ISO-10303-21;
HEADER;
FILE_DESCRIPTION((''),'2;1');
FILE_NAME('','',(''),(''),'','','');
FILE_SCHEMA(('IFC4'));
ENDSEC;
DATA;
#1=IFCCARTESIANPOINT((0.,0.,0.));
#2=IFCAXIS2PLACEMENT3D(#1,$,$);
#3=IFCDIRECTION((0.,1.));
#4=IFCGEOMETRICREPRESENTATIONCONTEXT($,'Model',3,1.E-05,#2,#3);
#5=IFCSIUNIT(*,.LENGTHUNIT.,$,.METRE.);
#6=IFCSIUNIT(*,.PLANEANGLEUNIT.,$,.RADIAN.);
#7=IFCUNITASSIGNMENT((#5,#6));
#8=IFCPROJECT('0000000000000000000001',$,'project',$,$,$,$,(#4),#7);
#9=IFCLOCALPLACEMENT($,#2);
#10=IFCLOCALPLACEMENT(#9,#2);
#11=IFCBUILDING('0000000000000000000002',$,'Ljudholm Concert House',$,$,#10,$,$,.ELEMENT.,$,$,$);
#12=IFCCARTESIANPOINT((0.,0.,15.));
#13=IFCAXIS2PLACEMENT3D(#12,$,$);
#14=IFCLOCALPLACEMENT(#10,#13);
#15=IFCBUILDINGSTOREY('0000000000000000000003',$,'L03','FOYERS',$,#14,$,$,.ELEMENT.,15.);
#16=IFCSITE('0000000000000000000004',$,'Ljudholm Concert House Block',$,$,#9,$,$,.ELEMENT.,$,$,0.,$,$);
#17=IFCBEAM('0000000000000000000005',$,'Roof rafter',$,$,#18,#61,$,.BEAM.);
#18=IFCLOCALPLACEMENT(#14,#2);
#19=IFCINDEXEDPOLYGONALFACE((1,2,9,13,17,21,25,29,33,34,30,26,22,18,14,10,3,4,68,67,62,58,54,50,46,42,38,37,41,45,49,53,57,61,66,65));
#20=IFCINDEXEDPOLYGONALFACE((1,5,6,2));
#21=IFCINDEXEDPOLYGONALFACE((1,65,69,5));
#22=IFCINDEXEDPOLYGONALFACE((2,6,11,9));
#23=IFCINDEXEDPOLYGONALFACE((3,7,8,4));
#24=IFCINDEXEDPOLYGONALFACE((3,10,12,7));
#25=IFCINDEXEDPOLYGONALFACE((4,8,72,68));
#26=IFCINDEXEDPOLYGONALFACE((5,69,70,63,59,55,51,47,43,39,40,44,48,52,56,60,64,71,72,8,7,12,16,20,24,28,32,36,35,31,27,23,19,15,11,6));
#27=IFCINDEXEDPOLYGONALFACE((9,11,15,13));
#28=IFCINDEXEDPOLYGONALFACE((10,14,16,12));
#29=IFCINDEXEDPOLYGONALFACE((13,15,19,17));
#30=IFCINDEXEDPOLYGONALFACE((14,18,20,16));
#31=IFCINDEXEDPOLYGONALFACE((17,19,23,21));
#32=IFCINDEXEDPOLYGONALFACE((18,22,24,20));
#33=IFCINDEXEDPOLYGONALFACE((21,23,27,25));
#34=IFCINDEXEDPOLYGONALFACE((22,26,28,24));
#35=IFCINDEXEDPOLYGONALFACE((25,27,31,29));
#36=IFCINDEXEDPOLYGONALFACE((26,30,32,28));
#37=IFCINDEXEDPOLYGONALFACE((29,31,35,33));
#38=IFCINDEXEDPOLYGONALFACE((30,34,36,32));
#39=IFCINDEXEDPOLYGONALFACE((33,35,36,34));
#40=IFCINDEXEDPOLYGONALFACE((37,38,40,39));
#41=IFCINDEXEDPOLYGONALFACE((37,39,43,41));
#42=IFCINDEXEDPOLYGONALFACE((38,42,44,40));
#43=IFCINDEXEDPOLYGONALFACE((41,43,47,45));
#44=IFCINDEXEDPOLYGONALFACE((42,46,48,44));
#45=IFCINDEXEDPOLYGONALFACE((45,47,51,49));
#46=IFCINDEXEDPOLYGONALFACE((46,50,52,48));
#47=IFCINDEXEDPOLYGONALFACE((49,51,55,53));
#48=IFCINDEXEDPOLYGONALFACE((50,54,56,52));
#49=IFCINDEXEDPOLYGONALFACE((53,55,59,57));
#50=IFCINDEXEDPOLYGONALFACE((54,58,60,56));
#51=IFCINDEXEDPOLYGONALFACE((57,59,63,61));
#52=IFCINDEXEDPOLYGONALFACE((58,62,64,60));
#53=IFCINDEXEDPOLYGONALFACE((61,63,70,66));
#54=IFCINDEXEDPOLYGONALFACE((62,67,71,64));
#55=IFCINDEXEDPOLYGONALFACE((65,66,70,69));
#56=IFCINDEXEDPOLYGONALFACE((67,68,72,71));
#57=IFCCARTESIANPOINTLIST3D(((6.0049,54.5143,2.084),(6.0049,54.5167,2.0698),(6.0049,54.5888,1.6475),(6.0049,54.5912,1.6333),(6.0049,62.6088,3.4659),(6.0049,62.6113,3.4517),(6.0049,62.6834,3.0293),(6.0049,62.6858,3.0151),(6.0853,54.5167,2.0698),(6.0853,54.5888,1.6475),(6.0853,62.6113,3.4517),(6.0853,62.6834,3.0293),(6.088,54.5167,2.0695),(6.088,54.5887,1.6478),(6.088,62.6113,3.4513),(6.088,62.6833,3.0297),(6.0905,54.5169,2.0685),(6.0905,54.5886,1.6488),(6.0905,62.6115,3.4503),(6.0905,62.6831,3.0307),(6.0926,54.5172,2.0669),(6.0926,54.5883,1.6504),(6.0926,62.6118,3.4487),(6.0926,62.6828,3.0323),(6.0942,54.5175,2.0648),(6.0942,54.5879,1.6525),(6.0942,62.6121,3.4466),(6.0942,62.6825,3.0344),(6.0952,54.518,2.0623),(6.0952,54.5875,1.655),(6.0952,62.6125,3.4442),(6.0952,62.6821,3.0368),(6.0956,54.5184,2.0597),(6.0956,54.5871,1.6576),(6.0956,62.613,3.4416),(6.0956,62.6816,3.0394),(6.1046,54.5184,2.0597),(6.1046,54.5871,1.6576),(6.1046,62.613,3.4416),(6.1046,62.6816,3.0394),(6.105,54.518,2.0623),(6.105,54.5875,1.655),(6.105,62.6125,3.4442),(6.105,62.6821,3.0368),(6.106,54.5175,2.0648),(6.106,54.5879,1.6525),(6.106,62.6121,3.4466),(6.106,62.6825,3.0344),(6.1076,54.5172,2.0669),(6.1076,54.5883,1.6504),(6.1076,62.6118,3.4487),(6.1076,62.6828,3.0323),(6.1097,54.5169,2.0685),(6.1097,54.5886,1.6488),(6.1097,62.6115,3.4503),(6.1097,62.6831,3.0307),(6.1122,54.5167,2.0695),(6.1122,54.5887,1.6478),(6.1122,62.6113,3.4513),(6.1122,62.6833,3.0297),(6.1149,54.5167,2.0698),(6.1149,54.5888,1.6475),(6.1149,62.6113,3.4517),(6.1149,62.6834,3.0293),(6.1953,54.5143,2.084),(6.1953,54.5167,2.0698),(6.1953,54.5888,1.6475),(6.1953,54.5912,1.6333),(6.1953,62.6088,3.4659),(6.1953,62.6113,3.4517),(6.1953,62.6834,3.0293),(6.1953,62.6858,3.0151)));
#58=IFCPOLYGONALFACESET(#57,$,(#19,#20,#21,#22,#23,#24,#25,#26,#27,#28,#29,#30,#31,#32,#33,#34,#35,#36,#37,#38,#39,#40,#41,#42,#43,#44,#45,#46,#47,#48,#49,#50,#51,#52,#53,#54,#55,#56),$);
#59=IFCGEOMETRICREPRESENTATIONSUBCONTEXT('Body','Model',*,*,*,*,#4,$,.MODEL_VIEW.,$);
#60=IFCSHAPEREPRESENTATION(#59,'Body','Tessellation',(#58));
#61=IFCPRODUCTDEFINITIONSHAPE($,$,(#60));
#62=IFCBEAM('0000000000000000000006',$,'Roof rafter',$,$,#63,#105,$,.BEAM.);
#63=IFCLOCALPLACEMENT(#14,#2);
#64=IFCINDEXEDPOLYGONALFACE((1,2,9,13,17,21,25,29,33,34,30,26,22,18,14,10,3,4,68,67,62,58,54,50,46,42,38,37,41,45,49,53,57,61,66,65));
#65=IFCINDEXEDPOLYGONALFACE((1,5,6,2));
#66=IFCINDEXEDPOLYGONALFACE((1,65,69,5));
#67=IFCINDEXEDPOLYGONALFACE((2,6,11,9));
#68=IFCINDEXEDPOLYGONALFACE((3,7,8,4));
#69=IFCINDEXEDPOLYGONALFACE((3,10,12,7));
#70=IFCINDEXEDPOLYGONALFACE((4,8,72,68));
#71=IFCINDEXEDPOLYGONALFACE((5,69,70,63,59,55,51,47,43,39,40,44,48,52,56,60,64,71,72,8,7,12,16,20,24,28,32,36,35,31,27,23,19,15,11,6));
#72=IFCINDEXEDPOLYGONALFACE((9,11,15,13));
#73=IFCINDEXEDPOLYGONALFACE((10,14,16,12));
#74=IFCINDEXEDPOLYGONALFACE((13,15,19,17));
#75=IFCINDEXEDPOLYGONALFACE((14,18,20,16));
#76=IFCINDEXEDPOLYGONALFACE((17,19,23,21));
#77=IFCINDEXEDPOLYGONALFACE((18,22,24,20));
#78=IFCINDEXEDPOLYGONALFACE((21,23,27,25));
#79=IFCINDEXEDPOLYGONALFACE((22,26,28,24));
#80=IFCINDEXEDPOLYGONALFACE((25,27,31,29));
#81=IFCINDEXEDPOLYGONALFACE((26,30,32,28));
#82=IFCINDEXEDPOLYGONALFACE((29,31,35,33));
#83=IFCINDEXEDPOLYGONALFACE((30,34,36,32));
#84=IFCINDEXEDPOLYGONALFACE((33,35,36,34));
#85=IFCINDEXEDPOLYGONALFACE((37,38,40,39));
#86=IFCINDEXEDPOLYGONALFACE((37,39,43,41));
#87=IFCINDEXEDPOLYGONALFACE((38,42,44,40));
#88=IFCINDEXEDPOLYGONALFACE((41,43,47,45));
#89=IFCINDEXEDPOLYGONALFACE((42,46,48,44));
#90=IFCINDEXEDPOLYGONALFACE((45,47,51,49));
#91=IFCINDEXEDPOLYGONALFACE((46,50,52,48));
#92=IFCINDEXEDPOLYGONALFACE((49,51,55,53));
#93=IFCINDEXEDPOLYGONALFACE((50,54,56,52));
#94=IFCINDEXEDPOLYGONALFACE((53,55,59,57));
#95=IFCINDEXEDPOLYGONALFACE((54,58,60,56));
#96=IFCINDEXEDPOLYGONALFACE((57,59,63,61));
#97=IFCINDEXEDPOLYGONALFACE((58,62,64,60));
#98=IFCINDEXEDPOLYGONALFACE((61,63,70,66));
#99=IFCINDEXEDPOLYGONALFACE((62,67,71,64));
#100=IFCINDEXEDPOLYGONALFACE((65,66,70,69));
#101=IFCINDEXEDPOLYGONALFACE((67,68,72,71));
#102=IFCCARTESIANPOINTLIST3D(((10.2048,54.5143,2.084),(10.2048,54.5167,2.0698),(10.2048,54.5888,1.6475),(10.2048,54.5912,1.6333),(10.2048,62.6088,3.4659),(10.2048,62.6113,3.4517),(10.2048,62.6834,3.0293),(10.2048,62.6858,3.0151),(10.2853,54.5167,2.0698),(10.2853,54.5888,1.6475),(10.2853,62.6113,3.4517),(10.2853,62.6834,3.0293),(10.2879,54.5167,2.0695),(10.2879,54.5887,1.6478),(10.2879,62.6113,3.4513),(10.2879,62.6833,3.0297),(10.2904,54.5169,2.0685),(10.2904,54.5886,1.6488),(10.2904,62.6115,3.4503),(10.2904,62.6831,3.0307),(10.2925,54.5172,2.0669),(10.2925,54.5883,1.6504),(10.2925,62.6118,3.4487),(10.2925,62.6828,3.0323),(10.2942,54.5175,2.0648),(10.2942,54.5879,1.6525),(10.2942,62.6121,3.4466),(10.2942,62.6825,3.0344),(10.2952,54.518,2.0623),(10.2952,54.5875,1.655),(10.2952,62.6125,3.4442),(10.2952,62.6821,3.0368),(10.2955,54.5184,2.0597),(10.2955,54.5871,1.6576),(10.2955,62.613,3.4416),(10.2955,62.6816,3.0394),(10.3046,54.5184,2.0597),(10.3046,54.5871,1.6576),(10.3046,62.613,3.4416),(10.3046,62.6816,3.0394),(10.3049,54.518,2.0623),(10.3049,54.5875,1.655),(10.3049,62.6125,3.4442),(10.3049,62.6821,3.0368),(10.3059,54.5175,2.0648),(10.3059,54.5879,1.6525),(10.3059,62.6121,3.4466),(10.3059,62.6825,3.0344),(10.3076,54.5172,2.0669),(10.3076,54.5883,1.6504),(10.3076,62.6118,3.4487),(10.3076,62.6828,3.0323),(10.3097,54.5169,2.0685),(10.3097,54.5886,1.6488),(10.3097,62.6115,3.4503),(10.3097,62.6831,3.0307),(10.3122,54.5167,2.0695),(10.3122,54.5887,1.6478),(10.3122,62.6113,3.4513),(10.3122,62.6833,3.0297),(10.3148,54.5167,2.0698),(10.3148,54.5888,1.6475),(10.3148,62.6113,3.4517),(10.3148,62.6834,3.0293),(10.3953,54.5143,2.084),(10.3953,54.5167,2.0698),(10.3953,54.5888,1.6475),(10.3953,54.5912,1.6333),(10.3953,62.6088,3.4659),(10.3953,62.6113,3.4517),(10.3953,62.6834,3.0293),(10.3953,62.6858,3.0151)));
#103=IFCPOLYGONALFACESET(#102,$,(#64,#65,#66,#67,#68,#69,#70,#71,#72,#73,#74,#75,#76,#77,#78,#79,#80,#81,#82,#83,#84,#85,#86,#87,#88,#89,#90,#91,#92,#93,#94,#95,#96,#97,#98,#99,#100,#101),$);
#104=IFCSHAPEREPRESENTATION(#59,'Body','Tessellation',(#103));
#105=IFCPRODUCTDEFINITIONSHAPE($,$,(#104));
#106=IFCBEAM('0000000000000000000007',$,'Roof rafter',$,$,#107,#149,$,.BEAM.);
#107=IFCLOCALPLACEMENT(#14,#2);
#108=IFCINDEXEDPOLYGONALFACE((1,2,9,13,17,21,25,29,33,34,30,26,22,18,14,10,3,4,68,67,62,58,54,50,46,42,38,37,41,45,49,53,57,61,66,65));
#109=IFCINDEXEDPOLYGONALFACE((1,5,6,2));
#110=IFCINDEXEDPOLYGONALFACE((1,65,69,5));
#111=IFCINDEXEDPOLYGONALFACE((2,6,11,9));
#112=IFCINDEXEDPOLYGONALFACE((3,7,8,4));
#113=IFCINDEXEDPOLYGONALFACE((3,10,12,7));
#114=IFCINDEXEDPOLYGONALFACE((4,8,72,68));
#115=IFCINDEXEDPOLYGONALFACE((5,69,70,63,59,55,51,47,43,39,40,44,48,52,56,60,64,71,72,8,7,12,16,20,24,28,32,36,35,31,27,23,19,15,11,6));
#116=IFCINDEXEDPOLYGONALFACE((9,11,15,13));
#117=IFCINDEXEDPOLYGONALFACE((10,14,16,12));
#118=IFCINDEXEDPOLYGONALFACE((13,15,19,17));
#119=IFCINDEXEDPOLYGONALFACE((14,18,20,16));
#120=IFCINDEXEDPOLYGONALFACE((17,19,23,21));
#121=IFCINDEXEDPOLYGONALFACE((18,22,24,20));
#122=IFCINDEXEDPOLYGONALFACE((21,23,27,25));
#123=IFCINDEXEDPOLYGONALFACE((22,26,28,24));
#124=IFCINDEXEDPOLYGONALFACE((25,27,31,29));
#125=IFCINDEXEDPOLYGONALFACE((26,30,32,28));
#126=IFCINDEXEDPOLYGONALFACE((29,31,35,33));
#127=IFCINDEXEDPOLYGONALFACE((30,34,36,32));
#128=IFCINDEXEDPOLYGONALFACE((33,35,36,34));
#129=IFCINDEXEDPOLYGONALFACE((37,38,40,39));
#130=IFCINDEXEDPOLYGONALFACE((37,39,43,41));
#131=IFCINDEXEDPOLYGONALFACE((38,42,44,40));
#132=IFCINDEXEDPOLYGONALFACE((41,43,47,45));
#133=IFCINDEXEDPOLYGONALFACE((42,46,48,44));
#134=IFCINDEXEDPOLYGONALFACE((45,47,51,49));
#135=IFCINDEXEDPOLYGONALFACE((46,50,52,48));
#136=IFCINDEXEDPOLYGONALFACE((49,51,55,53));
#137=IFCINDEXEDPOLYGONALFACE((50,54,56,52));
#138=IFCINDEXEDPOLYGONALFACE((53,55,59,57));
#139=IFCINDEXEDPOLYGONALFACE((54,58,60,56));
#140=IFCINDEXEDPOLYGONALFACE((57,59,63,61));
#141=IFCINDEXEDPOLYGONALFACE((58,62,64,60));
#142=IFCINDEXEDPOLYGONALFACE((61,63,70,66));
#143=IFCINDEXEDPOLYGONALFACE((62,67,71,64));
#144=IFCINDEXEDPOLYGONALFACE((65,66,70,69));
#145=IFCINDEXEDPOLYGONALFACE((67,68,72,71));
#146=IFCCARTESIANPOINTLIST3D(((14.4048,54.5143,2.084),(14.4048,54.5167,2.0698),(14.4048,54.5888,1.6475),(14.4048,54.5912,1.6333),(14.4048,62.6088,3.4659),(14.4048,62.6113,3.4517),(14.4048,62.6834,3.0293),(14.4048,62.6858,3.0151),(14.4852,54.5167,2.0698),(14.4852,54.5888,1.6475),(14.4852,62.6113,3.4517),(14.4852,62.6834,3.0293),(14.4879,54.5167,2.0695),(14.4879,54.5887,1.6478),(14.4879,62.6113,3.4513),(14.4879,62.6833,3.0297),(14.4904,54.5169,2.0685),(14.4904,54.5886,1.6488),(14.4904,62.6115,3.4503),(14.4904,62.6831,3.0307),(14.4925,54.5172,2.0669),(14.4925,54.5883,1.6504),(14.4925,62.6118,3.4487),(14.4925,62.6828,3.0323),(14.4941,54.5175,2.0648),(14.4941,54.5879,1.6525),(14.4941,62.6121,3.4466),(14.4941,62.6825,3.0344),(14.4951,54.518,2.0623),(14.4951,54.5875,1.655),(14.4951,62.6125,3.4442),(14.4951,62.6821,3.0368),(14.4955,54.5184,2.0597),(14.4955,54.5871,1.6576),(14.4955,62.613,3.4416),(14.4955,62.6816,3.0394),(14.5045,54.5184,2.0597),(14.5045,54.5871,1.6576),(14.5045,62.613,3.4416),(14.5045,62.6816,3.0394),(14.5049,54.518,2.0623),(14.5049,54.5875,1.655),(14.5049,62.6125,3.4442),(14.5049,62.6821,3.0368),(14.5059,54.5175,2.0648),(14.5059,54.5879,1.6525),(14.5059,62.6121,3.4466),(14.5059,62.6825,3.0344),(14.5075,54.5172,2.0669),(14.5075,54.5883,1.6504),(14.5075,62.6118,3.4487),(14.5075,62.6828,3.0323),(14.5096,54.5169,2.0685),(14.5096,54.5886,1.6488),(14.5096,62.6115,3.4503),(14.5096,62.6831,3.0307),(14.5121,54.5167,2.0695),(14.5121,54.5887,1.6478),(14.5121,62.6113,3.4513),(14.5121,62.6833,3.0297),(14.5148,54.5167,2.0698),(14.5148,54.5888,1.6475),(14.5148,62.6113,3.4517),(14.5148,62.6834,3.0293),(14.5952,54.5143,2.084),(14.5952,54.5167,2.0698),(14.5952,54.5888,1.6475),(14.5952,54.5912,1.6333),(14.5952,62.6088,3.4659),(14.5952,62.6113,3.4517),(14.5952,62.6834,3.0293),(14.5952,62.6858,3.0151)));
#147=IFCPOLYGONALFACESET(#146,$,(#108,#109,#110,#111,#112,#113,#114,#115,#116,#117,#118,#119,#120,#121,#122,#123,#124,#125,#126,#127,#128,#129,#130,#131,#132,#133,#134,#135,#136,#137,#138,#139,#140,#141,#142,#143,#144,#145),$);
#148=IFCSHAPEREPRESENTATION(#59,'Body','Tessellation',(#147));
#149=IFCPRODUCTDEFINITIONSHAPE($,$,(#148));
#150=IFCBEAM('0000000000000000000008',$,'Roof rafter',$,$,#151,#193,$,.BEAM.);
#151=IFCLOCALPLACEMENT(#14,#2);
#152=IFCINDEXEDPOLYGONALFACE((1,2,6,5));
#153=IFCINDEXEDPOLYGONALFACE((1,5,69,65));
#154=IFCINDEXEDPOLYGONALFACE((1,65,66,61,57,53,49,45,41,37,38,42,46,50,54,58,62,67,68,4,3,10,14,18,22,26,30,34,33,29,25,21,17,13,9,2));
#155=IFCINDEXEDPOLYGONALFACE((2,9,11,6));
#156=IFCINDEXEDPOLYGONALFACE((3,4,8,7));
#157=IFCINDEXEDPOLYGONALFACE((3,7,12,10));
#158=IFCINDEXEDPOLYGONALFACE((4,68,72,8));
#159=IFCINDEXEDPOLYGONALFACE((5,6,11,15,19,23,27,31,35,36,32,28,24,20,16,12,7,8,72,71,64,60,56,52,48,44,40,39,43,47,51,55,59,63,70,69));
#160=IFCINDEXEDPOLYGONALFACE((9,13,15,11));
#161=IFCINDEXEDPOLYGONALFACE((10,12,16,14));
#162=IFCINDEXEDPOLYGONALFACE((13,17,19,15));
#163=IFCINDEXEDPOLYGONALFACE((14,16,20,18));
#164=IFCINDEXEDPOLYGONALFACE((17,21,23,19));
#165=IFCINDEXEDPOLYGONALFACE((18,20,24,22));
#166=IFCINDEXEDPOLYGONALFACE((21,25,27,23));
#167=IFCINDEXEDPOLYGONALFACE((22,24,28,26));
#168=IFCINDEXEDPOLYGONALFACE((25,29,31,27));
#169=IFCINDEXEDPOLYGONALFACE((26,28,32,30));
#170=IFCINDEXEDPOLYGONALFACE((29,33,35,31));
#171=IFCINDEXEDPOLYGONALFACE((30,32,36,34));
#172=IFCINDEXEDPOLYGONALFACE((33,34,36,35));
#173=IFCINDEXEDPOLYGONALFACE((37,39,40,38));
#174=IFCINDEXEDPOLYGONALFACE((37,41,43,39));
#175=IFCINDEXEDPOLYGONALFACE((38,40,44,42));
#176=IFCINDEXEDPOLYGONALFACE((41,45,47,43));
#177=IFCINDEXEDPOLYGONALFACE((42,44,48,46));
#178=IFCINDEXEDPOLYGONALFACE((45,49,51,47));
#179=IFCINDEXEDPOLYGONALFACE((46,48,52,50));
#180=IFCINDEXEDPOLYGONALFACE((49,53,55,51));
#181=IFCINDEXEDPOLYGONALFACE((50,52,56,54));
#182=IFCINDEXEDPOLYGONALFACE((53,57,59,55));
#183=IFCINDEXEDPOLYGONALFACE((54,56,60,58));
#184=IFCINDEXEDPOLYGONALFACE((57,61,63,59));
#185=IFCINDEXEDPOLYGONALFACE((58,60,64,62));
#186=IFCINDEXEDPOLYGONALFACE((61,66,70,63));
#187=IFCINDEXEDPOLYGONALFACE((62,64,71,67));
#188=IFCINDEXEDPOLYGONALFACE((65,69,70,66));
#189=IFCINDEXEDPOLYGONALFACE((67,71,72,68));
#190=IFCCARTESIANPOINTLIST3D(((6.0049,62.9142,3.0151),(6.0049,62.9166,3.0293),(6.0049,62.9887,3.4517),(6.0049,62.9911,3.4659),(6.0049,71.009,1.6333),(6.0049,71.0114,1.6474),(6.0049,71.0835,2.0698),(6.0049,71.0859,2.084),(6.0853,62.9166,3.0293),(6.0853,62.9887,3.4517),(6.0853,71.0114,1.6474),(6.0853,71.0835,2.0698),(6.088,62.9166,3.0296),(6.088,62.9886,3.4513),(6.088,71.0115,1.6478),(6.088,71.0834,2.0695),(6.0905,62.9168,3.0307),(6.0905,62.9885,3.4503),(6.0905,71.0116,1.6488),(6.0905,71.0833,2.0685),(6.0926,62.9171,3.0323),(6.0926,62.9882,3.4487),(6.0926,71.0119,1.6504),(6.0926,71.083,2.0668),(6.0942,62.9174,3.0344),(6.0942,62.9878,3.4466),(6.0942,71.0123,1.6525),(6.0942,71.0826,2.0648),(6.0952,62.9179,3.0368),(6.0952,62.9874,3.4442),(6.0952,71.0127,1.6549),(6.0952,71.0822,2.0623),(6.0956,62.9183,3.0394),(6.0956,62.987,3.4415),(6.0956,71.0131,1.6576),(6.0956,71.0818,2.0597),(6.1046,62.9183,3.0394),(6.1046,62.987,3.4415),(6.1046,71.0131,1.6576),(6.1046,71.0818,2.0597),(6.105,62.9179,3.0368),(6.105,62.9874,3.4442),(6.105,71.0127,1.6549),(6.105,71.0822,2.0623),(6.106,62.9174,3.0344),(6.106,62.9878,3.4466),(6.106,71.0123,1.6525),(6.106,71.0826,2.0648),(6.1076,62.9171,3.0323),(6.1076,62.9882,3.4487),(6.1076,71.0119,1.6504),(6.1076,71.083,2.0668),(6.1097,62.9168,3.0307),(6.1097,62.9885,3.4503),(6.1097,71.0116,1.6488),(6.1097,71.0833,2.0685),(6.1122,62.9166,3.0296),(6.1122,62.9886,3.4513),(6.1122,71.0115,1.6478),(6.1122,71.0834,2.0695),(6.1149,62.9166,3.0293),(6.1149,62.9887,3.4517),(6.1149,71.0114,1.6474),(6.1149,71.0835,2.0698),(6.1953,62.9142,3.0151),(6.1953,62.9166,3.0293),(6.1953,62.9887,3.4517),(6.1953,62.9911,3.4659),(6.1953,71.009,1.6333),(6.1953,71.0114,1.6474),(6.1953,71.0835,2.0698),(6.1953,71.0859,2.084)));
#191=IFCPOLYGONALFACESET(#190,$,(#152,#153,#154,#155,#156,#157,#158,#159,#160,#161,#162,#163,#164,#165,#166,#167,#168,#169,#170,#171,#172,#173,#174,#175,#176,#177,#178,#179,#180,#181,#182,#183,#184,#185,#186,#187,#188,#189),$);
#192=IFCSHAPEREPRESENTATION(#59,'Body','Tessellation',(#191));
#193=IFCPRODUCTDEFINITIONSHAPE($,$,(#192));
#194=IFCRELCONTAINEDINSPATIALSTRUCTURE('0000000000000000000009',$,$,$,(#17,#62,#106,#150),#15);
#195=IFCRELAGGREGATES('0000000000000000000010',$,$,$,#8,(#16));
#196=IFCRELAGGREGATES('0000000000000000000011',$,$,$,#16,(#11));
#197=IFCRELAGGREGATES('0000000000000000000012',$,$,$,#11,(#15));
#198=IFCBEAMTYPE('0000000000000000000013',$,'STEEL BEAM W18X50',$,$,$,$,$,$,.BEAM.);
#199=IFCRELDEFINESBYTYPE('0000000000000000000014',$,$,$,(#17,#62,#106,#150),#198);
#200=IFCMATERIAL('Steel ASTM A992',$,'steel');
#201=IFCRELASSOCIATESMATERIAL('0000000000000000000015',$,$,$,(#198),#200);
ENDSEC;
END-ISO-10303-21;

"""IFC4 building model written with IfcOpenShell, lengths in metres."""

from ifc_helpers import new_model, si_unit, direction, frame, origin, origin_2d, place, context, subcontext, project, spatial, i_section, extrude, material, material_profile, profile_set, type_object, element, save


model = new_model("IFC4")

# Units and contexts
model_context = context("Model", 3, precision=1e-05, world=origin(), true_north=direction((0.0, 1.0)))
body_context = subcontext(model_context, "Body", "Model", "MODEL_VIEW")
ifc_project = project(units=[si_unit("LENGTHUNIT", "METRE"), si_unit("PLANEANGLEUNIT", "RADIAN")], contexts=[model_context])

# Site, building, storey
site_placement = place(None, origin())
site = spatial("IfcSite", under=ifc_project, at=site_placement, Name="Ljudholm Concert House Block", CompositionType="ELEMENT", RefElevation=0.0)
building_placement = place(site_placement, origin())
building = spatial("IfcBuilding", under=site, at=building_placement, Name="Ljudholm Concert House", CompositionType="ELEMENT")
storey_placement = place(building_placement, frame((0.0, 0.0, 15.0)))
storey = spatial("IfcBuildingStorey", under=building, at=storey_placement, Name="L03", Description="FOYERS", CompositionType="ELEMENT", Elevation=15.0)

# Beams
ifc_material_1 = material(Name="Steel ASTM A992", Category="steel")
ifc_material_profile_1 = material_profile(ifc_material_1, i_section(OverallWidth=0.1904, OverallDepth=0.4573, WebThickness=0.009, FlangeThickness=0.0144, FilletRadius=0.0103, at=origin_2d()), Name="W18X50")
ifc_profile_set_1 = profile_set([ifc_material_profile_1], Name="Steel ASTM A992")
beam_type_1 = type_object("IfcBeamType", Name="STEEL BEAM W18X50", PredefinedType="BEAM", material=ifc_profile_set_1)
for number, where, z_axis, x_axis, name in (
    (1, (6.1001, 54.5527, 1.8586), (0.0, 0.985739, 0.168279), (-1.0, 0.0, 0.0), "Roof rafter"),
    (2, (10.3, 54.5527, 1.8586), (0.0, 0.985739, 0.168279), (-1.0, 0.0, 0.0), "Roof rafter"),
    (3, (14.5, 54.5527, 1.8586), (0.0, 0.985739, 0.168279), (-1.0, 0.0, 0.0), "Roof rafter"),
):
    element("IfcBeam", number, at=place(storey_placement, frame(where, z_axis=z_axis, x_axis=x_axis)), inside=storey, type_object=beam_type_1, Name=name, PredefinedType="BEAM", context=body_context, shape_type="SweptSolid", body=[
        extrude(i_section(OverallWidth=0.1904, OverallDepth=0.4573, WebThickness=0.009, FlangeThickness=0.0144, FilletRadius=0.0103, at=origin_2d()), origin(), (0.0, 0.0, 1.0), 8.2117),
    ])
for number, where, z_axis, x_axis, name in (
    (4, (6.1001, 62.9526, 3.2405), (0.0, 0.98574, -0.168274), (-1.0, 0.0, 0.0), "Roof rafter"),
):
    element("IfcBeam", number, at=place(storey_placement, frame(where, z_axis=z_axis, x_axis=x_axis)), inside=storey, type_object=beam_type_1, Name=name, PredefinedType="BEAM", context=body_context, shape_type="SweptSolid", body=[
        extrude(i_section(OverallWidth=0.1904, OverallDepth=0.4573, WebThickness=0.009, FlangeThickness=0.0144, FilletRadius=0.0103, at=origin_2d()), origin(), (0.0, 0.0, 1.0), 8.2119),
    ])

save(model, "model.ifc")
